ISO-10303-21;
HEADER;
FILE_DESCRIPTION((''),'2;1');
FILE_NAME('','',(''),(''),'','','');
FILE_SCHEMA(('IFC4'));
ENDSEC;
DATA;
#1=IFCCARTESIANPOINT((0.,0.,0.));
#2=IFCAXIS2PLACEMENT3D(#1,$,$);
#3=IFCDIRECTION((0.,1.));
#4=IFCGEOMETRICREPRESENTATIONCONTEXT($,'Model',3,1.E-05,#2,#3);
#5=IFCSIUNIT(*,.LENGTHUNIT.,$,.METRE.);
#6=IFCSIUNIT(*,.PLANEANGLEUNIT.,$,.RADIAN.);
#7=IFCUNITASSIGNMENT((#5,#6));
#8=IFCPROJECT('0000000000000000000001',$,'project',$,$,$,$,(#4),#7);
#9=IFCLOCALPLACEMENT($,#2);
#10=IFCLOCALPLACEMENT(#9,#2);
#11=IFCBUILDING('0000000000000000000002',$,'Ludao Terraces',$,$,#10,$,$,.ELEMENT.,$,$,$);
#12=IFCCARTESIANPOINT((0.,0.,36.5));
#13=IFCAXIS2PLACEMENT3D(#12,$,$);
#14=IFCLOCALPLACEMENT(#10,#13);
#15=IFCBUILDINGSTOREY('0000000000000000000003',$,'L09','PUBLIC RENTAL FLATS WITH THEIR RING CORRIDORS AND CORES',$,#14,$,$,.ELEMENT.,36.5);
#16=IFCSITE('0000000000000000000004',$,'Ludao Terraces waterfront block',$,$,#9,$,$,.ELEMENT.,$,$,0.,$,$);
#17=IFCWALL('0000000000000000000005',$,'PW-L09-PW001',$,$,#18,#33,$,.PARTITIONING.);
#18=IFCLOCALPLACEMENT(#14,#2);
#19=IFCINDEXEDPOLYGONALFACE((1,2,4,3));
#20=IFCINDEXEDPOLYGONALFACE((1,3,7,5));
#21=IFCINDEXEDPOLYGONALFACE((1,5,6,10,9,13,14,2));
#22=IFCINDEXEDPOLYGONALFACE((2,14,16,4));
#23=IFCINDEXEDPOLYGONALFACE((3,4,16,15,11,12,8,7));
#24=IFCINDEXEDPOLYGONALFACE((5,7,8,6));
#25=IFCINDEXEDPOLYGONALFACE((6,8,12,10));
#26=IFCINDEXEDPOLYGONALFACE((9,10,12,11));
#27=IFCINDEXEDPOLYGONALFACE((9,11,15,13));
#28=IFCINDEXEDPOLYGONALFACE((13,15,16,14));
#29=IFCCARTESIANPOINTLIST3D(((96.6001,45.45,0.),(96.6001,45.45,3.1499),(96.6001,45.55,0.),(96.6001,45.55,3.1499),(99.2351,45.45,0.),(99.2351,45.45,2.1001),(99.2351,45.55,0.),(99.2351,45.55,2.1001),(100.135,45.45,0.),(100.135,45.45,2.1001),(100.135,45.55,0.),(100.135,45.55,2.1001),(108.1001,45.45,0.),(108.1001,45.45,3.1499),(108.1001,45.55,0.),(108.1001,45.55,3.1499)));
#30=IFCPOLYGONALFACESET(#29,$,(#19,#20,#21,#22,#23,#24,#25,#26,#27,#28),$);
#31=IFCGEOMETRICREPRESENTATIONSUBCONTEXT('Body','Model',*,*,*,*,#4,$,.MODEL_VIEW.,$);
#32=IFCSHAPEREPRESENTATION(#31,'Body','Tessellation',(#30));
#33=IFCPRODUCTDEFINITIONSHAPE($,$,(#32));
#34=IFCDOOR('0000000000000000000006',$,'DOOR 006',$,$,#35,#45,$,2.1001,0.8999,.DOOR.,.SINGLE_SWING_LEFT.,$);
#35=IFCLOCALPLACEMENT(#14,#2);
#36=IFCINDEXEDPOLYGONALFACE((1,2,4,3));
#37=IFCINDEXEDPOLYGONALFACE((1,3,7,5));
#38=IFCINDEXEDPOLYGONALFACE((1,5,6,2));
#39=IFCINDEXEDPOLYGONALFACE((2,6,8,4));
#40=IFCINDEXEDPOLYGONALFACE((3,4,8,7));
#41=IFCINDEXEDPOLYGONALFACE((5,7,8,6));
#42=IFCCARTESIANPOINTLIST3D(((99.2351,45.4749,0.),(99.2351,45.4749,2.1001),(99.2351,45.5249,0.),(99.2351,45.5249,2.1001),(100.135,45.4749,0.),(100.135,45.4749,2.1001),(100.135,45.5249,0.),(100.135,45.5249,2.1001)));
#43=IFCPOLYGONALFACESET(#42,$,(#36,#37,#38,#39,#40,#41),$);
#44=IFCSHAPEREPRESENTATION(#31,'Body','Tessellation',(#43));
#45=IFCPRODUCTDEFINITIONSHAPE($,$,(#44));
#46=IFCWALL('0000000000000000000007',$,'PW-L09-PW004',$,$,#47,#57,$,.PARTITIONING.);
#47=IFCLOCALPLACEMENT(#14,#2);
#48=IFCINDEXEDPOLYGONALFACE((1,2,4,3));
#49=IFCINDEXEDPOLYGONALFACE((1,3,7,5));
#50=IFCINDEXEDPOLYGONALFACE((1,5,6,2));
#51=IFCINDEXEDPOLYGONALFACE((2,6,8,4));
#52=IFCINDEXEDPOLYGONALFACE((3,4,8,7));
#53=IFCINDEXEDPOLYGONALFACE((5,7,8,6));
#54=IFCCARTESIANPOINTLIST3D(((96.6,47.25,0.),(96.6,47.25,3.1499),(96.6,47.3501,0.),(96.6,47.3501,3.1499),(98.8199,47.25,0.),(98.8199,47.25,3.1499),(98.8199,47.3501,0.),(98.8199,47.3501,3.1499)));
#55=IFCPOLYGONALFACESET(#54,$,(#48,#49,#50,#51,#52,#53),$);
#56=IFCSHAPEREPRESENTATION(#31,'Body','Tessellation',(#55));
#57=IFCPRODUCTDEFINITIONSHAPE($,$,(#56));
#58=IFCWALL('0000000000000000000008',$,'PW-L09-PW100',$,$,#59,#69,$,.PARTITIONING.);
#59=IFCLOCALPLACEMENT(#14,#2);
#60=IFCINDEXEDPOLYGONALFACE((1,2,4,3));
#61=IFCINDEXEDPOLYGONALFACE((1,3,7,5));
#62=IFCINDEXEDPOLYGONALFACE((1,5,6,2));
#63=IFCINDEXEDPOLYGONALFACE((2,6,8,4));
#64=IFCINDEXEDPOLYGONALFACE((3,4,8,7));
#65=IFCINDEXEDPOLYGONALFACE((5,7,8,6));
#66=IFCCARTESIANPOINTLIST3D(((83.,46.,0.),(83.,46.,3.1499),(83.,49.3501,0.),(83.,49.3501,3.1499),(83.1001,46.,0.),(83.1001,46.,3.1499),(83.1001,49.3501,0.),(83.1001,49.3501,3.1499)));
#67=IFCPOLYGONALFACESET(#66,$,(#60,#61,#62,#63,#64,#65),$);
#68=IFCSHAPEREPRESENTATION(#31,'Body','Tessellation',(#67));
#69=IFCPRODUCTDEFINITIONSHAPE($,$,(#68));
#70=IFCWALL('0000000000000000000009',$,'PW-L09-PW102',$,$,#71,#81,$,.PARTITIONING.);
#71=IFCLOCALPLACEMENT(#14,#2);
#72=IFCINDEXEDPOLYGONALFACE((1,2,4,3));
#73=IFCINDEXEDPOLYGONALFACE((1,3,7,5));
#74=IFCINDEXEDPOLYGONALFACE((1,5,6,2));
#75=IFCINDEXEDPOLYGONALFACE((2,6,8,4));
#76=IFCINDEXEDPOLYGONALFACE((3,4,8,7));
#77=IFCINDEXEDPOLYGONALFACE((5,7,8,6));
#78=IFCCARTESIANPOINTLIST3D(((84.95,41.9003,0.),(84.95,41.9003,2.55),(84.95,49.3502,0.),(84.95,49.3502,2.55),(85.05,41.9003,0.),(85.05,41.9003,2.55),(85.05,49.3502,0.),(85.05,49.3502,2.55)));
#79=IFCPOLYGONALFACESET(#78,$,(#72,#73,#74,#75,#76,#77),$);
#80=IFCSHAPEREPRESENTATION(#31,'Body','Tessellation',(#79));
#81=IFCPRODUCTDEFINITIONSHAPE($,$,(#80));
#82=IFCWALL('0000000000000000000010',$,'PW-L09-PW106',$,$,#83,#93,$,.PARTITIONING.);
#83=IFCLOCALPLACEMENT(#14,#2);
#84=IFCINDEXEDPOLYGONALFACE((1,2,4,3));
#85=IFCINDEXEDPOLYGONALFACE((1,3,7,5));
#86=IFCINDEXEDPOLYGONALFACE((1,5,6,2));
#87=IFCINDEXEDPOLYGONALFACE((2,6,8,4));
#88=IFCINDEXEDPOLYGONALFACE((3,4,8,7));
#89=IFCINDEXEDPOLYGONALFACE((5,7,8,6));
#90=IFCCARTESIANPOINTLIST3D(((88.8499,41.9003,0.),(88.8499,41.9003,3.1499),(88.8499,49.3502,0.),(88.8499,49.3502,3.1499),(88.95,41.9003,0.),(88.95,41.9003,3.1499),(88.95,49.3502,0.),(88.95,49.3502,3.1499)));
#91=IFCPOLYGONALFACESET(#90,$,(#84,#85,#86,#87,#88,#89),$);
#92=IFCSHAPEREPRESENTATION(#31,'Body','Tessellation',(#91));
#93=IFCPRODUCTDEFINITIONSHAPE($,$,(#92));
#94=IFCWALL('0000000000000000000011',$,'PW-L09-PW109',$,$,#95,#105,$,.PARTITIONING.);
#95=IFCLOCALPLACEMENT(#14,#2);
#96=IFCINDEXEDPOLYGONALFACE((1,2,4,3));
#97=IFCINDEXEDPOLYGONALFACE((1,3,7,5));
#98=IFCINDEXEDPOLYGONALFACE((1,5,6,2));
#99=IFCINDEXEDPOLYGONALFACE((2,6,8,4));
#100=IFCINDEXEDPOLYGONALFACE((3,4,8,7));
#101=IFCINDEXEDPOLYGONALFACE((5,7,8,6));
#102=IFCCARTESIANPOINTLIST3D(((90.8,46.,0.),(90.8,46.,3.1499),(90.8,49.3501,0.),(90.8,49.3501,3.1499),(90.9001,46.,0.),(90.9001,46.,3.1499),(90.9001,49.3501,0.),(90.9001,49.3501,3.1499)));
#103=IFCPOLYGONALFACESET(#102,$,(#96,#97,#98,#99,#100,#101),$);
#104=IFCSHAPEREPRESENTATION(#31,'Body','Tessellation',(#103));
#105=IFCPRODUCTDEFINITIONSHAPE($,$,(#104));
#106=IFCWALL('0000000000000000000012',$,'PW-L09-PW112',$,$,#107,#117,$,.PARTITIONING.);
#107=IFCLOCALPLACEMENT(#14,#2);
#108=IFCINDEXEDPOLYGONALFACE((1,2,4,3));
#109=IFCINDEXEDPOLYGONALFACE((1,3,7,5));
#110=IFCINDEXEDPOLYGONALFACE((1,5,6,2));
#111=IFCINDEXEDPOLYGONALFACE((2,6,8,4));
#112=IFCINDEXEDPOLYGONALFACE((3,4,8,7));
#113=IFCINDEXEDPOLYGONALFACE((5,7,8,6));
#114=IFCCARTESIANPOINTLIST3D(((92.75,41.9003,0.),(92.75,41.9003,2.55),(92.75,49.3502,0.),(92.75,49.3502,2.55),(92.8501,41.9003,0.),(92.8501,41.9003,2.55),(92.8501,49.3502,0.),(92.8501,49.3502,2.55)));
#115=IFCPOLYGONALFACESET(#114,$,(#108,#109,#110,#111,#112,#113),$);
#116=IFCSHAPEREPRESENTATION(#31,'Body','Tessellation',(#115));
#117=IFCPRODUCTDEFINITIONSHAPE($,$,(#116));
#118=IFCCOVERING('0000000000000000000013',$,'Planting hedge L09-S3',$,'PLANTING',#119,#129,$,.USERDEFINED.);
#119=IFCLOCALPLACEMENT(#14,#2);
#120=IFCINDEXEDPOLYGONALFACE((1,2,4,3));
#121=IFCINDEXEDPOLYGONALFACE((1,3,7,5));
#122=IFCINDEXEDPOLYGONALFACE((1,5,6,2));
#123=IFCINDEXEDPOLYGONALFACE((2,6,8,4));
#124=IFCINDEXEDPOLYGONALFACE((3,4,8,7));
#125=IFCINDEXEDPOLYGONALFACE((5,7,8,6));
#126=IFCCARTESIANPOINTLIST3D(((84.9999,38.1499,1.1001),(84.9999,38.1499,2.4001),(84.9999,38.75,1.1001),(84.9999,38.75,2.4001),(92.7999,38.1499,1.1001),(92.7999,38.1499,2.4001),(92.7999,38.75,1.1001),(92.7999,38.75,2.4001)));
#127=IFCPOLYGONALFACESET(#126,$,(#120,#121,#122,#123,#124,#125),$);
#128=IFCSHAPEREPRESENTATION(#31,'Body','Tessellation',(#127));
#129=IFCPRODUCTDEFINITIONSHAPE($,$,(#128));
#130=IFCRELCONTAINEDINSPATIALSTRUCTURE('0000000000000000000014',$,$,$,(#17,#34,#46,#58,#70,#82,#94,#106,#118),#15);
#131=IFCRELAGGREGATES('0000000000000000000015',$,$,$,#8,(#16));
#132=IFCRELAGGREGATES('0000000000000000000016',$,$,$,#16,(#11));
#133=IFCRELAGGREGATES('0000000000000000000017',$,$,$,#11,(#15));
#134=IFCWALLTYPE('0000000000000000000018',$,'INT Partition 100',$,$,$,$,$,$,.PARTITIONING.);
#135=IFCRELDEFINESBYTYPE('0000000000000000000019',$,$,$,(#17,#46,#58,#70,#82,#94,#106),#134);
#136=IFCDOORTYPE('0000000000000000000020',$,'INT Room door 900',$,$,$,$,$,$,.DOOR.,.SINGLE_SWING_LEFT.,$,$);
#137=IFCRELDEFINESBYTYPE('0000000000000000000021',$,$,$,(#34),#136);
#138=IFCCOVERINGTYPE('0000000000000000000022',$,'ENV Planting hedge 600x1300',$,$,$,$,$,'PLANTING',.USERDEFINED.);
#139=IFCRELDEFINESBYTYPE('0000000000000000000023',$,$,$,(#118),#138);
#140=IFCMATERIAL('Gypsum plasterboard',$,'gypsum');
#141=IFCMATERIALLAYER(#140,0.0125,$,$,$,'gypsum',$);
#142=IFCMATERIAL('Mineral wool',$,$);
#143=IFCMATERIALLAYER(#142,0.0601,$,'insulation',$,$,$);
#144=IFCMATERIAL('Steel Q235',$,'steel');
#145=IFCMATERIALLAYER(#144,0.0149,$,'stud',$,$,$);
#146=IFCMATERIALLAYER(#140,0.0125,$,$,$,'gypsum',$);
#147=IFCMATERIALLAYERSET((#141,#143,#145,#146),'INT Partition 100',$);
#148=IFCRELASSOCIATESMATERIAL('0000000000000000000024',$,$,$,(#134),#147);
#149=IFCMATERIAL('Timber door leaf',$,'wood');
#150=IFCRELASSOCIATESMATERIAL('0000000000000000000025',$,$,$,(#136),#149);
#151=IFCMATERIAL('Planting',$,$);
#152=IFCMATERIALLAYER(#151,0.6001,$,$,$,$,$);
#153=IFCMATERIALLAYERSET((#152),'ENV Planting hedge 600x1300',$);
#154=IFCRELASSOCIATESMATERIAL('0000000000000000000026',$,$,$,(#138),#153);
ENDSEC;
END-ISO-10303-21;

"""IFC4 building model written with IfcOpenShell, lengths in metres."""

from ifc_helpers import new_model, si_unit, direction, frame, frame_2d, origin, origin_2d, place, context, subcontext, project, spatial, rectangle, extrude, material, layer, layer_set, type_object, element, fill, save


model = new_model("IFC4")

# Units and contexts
model_context = context("Model", 3, precision=1e-05, world=origin(), true_north=direction((0.0, 1.0)))
body_context = subcontext(model_context, "Body", "Model", "MODEL_VIEW")
ifc_project = project(units=[si_unit("LENGTHUNIT", "METRE"), si_unit("PLANEANGLEUNIT", "RADIAN")], contexts=[model_context])

# Site, building, storey
site_placement = place(None, origin())
site = spatial("IfcSite", under=ifc_project, at=site_placement, Name="Ludao Terraces waterfront block", CompositionType="ELEMENT", RefElevation=0.0)
building_placement = place(site_placement, origin())
building = spatial("IfcBuilding", under=site, at=building_placement, Name="Ludao Terraces", CompositionType="ELEMENT")
storey_placement = place(building_placement, frame((0.0, 0.0, 36.5)))
storey = spatial("IfcBuildingStorey", under=building, at=storey_placement, Name="L09", Description="PUBLIC RENTAL FLATS WITH THEIR RING CORRIDORS AND CORES", CompositionType="ELEMENT", Elevation=36.5)

# Shared definitions
ifc_material_1 = material(Name="Mineral wool")

# Wall, opening, door
ifc_material_2 = material(Name="Gypsum plasterboard", Category="gypsum")
ifc_layer_1 = layer(ifc_material_2, 0.0125, Category="gypsum")
ifc_layer_2 = layer(ifc_material_1, 0.0601, Name="insulation")
ifc_material_3 = material(Name="Steel Q235", Category="steel")
ifc_layer_3 = layer(ifc_material_3, 0.0149, Name="stud")
ifc_layer_4 = layer(ifc_material_2, 0.0125, Category="gypsum")
ifc_layer_set_1 = layer_set([ifc_layer_1, ifc_layer_2, ifc_layer_3, ifc_layer_4], Name="INT Partition 100")
wall_type_1 = type_object("IfcWallType", Name="INT Partition 100", PredefinedType="PARTITIONING", material=ifc_layer_set_1)
wall_1_placement = place(storey_placement, frame((96.6001, 45.5, 0.0), z_axis=(0.0, 0.0, 1.0), x_axis=(1.0, 0.0, 0.0)))
wall_1 = element("IfcWall", 1, at=wall_1_placement, inside=storey, type_object=wall_type_1, Name="PW-L09-PW001", PredefinedType="PARTITIONING", context=body_context, shape_type="SweptSolid", body=[
    extrude(rectangle(XDim=11.5, YDim=0.1001, at=frame_2d((5.75, 0.0))), origin(), (0.0, 0.0, 1.0), 3.1499),
])
opening_1_placement = place(wall_1_placement, frame((2.635, 0.0, 0.0)))
opening_1 = element("IfcOpeningElement", 2, at=opening_1_placement, cuts=wall_1, PredefinedType="OPENING", context=body_context, shape_type="SweptSolid", body=[
    extrude(rectangle(XDim=0.8999, YDim=2.1001, at=frame_2d((0.45, 1.05))), frame((0.0, 0.0601, 0.0), z_axis=(0.0, -1.0, 0.0), x_axis=(1.0, 0.0, 0.0)), (0.0, 0.0, 1.0), 0.1201),
])
ifc_material_4 = material(Name="Timber door leaf", Category="wood")
door_type_1 = type_object("IfcDoorType", Name="INT Room door 900", OperationType="SINGLE_SWING_LEFT", PredefinedType="DOOR", material=ifc_material_4)
door_1_placement = place(opening_1_placement, origin())
door_1 = element("IfcDoor", 3, at=door_1_placement, inside=storey, type_object=door_type_1, Name="DOOR 006", OperationType="SINGLE_SWING_LEFT", OverallHeight=2.1001, OverallWidth=0.8999, PredefinedType="DOOR", context=body_context, shape_type="SweptSolid", body=[
    extrude(rectangle(XDim=0.8999, YDim=2.1001, at=frame_2d((0.45, 1.05))), frame((0.0, 0.0249, 0.0), z_axis=(0.0, -1.0, 0.0), x_axis=(1.0, 0.0, 0.0)), (0.0, 0.0, 1.0), 0.05),
])
fill(opening_1, door_1)

# Walls
wall_2_placement = place(storey_placement, frame((96.6001, 47.3, 0.0), z_axis=(0.0, 0.0, 1.0), x_axis=(1.0, 0.0, 0.0)))
element("IfcWall", 4, at=wall_2_placement, inside=storey, type_object=wall_type_1, Name="PW-L09-PW004", PredefinedType="PARTITIONING", context=body_context, shape_type="SweptSolid", body=[
    extrude(rectangle(XDim=2.22, YDim=0.1001, at=frame_2d((1.1099, 0.0))), origin(), (0.0, 0.0, 1.0), 3.1499),
])
wall_3_placement = place(storey_placement, frame((83.05, 46.0, 0.0), z_axis=(0.0, 0.0, 1.0), x_axis=(0.0, 1.0, 0.0)))
element("IfcWall", 5, at=wall_3_placement, inside=storey, type_object=wall_type_1, Name="PW-L09-PW100", PredefinedType="PARTITIONING", context=body_context, shape_type="SweptSolid", body=[
    extrude(rectangle(XDim=3.3501, YDim=0.1001, at=frame_2d((1.675, 0.0))), origin(), (0.0, 0.0, 1.0), 3.1499),
])
wall_4_placement = place(storey_placement, frame((85.0, 41.9001, 0.0), z_axis=(0.0, 0.0, 1.0), x_axis=(0.0, 1.0, 0.0)))
element("IfcWall", 6, at=wall_4_placement, inside=storey, type_object=wall_type_1, Name="PW-L09-PW102", PredefinedType="PARTITIONING", context=body_context, shape_type="SweptSolid", body=[
    extrude(rectangle(XDim=7.45, YDim=0.1001, at=frame_2d((3.7251, 0.0))), origin(), (0.0, 0.0, 1.0), 2.55),
])
wall_5_placement = place(storey_placement, frame((88.8999, 41.9001, 0.0), z_axis=(0.0, 0.0, 1.0), x_axis=(0.0, 1.0, 0.0)))
element("IfcWall", 7, at=wall_5_placement, inside=storey, type_object=wall_type_1, Name="PW-L09-PW106", PredefinedType="PARTITIONING", context=body_context, shape_type="SweptSolid", body=[
    extrude(rectangle(XDim=7.45, YDim=0.1001, at=frame_2d((3.7251, 0.0))), origin(), (0.0, 0.0, 1.0), 3.1499),
])
wall_6_placement = place(storey_placement, frame((90.8501, 46.0, 0.0), z_axis=(0.0, 0.0, 1.0), x_axis=(0.0, 1.0, 0.0)))
element("IfcWall", 8, at=wall_6_placement, inside=storey, type_object=wall_type_1, Name="PW-L09-PW109", PredefinedType="PARTITIONING", context=body_context, shape_type="SweptSolid", body=[
    extrude(rectangle(XDim=3.3501, YDim=0.1001, at=frame_2d((1.675, 0.0))), origin(), (0.0, 0.0, 1.0), 3.1499),
])
wall_7_placement = place(storey_placement, frame((92.8, 41.9001, 0.0), z_axis=(0.0, 0.0, 1.0), x_axis=(0.0, 1.0, 0.0)))
element("IfcWall", 9, at=wall_7_placement, inside=storey, type_object=wall_type_1, Name="PW-L09-PW112", PredefinedType="PARTITIONING", context=body_context, shape_type="SweptSolid", body=[
    extrude(rectangle(XDim=7.45, YDim=0.1001, at=frame_2d((3.7251, 0.0))), origin(), (0.0, 0.0, 1.0), 2.55),
])

# Covering
ifc_material_5 = material(Name="Planting")
ifc_layer_5 = layer(ifc_material_5, 0.6001)
ifc_layer_set_2 = layer_set([ifc_layer_5], Name="ENV Planting hedge 600x1300")
covering_type = type_object("IfcCoveringType", Name="ENV Planting hedge 600x1300", ElementType="PLANTING", PredefinedType="USERDEFINED", material=ifc_layer_set_2)
covering_placement = place(storey_placement, frame((88.8999, 38.45, 1.1001), z_axis=(0.0, 0.0, 1.0), x_axis=(1.0, 0.0, 0.0)))
element("IfcCovering", 10, at=covering_placement, inside=storey, type_object=covering_type, Name="Planting hedge L09-S3", ObjectType="PLANTING", PredefinedType="USERDEFINED", context=body_context, shape_type="SweptSolid", body=[
    extrude(rectangle(XDim=7.8, YDim=0.6001, at=origin_2d()), origin(), (0.0, 0.0, 1.0), 1.3),
])

save(model, "model.ifc")
